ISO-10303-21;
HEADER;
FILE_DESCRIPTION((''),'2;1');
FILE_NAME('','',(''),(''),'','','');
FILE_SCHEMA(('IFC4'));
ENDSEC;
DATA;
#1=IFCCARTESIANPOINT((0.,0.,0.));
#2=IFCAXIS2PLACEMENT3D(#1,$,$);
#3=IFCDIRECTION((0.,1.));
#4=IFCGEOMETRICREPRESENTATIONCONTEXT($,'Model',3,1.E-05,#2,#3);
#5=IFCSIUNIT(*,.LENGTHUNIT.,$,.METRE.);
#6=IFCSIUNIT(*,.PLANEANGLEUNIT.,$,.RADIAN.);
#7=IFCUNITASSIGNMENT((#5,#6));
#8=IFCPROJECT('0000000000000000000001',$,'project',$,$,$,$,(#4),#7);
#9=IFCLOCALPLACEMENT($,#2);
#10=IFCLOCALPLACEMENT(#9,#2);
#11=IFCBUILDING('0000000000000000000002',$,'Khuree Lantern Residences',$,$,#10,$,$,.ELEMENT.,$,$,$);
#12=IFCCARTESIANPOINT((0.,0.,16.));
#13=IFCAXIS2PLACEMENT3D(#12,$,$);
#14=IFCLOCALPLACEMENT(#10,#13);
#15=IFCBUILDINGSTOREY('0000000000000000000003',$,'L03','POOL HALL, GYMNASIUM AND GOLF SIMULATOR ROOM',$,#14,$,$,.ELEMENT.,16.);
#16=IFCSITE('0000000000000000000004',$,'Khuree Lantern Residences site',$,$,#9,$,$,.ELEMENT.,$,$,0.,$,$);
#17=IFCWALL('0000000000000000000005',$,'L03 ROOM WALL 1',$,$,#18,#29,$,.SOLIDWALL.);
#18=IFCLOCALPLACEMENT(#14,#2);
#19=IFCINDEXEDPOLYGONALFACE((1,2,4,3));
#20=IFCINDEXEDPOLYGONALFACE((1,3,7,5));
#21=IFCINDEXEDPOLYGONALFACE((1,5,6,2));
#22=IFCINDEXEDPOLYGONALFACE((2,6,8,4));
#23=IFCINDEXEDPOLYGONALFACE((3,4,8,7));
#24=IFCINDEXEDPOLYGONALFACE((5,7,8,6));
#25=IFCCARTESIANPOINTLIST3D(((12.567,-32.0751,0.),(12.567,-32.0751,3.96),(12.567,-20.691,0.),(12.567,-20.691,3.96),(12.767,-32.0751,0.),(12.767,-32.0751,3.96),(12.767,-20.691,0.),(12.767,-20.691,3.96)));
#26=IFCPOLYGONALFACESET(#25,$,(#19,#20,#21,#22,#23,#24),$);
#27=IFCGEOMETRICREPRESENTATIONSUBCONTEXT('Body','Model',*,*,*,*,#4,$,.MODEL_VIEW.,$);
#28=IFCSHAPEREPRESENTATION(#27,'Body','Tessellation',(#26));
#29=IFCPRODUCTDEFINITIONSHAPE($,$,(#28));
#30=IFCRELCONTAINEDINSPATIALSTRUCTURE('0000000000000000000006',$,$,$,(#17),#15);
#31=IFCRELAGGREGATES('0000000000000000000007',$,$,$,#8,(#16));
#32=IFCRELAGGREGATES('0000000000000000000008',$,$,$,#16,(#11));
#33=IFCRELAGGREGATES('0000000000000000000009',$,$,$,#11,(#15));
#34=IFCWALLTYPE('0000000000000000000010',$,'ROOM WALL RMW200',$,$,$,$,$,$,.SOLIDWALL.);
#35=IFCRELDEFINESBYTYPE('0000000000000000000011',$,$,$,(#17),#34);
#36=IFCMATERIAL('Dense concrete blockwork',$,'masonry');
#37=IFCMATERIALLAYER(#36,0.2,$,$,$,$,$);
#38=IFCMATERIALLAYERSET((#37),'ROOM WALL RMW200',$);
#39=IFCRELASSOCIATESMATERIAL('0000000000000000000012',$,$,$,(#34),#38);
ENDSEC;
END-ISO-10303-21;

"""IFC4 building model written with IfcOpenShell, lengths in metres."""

from ifc_helpers import new_model, si_unit, direction, frame, frame_2d, origin, place, context, subcontext, project, spatial, rectangle, extrude, material, layer, layer_set, type_object, element, save


model = new_model("IFC4")

# Units and contexts
model_context = context("Model", 3, precision=1e-05, world=origin(), true_north=direction((0.0, 1.0)))
body_context = subcontext(model_context, "Body", "Model", "MODEL_VIEW")
ifc_project = project(units=[si_unit("LENGTHUNIT", "METRE"), si_unit("PLANEANGLEUNIT", "RADIAN")], contexts=[model_context])

# Site, building, storey
site_placement = place(None, origin())
site = spatial("IfcSite", under=ifc_project, at=site_placement, Name="Khuree Lantern Residences site", CompositionType="ELEMENT", RefElevation=0.0)
building_placement = place(site_placement, origin())
building = spatial("IfcBuilding", under=site, at=building_placement, Name="Khuree Lantern Residences", CompositionType="ELEMENT")
storey_placement = place(building_placement, frame((0.0, 0.0, 16.0)))
storey = spatial("IfcBuildingStorey", under=building, at=storey_placement, Name="L03", Description="POOL HALL, GYMNASIUM AND GOLF SIMULATOR ROOM", CompositionType="ELEMENT", Elevation=16.0)

# Wall
ifc_material_1 = material(Name="Dense concrete blockwork", Category="masonry")
ifc_layer_1 = layer(ifc_material_1, 0.2)
ifc_layer_set_1 = layer_set([ifc_layer_1], Name="ROOM WALL RMW200")
wall_type_1 = type_object("IfcWallType", Name="ROOM WALL RMW200", PredefinedType="SOLIDWALL", material=ifc_layer_set_1)
wall_1_placement = place(storey_placement, frame((12.667, -32.075, 0.0), z_axis=(0.0, 0.0, 1.0), x_axis=(0.0, 1.0, 0.0)))
element("IfcWall", 1, at=wall_1_placement, inside=storey, type_object=wall_type_1, Name="L03 ROOM WALL 1", PredefinedType="SOLIDWALL", context=body_context, shape_type="SweptSolid", body=[
    extrude(rectangle(XDim=11.384, YDim=0.2, at=frame_2d((5.6919, 0.0))), origin(), (0.0, 0.0, 1.0), 3.96),
])

save(model, "model.ifc")
